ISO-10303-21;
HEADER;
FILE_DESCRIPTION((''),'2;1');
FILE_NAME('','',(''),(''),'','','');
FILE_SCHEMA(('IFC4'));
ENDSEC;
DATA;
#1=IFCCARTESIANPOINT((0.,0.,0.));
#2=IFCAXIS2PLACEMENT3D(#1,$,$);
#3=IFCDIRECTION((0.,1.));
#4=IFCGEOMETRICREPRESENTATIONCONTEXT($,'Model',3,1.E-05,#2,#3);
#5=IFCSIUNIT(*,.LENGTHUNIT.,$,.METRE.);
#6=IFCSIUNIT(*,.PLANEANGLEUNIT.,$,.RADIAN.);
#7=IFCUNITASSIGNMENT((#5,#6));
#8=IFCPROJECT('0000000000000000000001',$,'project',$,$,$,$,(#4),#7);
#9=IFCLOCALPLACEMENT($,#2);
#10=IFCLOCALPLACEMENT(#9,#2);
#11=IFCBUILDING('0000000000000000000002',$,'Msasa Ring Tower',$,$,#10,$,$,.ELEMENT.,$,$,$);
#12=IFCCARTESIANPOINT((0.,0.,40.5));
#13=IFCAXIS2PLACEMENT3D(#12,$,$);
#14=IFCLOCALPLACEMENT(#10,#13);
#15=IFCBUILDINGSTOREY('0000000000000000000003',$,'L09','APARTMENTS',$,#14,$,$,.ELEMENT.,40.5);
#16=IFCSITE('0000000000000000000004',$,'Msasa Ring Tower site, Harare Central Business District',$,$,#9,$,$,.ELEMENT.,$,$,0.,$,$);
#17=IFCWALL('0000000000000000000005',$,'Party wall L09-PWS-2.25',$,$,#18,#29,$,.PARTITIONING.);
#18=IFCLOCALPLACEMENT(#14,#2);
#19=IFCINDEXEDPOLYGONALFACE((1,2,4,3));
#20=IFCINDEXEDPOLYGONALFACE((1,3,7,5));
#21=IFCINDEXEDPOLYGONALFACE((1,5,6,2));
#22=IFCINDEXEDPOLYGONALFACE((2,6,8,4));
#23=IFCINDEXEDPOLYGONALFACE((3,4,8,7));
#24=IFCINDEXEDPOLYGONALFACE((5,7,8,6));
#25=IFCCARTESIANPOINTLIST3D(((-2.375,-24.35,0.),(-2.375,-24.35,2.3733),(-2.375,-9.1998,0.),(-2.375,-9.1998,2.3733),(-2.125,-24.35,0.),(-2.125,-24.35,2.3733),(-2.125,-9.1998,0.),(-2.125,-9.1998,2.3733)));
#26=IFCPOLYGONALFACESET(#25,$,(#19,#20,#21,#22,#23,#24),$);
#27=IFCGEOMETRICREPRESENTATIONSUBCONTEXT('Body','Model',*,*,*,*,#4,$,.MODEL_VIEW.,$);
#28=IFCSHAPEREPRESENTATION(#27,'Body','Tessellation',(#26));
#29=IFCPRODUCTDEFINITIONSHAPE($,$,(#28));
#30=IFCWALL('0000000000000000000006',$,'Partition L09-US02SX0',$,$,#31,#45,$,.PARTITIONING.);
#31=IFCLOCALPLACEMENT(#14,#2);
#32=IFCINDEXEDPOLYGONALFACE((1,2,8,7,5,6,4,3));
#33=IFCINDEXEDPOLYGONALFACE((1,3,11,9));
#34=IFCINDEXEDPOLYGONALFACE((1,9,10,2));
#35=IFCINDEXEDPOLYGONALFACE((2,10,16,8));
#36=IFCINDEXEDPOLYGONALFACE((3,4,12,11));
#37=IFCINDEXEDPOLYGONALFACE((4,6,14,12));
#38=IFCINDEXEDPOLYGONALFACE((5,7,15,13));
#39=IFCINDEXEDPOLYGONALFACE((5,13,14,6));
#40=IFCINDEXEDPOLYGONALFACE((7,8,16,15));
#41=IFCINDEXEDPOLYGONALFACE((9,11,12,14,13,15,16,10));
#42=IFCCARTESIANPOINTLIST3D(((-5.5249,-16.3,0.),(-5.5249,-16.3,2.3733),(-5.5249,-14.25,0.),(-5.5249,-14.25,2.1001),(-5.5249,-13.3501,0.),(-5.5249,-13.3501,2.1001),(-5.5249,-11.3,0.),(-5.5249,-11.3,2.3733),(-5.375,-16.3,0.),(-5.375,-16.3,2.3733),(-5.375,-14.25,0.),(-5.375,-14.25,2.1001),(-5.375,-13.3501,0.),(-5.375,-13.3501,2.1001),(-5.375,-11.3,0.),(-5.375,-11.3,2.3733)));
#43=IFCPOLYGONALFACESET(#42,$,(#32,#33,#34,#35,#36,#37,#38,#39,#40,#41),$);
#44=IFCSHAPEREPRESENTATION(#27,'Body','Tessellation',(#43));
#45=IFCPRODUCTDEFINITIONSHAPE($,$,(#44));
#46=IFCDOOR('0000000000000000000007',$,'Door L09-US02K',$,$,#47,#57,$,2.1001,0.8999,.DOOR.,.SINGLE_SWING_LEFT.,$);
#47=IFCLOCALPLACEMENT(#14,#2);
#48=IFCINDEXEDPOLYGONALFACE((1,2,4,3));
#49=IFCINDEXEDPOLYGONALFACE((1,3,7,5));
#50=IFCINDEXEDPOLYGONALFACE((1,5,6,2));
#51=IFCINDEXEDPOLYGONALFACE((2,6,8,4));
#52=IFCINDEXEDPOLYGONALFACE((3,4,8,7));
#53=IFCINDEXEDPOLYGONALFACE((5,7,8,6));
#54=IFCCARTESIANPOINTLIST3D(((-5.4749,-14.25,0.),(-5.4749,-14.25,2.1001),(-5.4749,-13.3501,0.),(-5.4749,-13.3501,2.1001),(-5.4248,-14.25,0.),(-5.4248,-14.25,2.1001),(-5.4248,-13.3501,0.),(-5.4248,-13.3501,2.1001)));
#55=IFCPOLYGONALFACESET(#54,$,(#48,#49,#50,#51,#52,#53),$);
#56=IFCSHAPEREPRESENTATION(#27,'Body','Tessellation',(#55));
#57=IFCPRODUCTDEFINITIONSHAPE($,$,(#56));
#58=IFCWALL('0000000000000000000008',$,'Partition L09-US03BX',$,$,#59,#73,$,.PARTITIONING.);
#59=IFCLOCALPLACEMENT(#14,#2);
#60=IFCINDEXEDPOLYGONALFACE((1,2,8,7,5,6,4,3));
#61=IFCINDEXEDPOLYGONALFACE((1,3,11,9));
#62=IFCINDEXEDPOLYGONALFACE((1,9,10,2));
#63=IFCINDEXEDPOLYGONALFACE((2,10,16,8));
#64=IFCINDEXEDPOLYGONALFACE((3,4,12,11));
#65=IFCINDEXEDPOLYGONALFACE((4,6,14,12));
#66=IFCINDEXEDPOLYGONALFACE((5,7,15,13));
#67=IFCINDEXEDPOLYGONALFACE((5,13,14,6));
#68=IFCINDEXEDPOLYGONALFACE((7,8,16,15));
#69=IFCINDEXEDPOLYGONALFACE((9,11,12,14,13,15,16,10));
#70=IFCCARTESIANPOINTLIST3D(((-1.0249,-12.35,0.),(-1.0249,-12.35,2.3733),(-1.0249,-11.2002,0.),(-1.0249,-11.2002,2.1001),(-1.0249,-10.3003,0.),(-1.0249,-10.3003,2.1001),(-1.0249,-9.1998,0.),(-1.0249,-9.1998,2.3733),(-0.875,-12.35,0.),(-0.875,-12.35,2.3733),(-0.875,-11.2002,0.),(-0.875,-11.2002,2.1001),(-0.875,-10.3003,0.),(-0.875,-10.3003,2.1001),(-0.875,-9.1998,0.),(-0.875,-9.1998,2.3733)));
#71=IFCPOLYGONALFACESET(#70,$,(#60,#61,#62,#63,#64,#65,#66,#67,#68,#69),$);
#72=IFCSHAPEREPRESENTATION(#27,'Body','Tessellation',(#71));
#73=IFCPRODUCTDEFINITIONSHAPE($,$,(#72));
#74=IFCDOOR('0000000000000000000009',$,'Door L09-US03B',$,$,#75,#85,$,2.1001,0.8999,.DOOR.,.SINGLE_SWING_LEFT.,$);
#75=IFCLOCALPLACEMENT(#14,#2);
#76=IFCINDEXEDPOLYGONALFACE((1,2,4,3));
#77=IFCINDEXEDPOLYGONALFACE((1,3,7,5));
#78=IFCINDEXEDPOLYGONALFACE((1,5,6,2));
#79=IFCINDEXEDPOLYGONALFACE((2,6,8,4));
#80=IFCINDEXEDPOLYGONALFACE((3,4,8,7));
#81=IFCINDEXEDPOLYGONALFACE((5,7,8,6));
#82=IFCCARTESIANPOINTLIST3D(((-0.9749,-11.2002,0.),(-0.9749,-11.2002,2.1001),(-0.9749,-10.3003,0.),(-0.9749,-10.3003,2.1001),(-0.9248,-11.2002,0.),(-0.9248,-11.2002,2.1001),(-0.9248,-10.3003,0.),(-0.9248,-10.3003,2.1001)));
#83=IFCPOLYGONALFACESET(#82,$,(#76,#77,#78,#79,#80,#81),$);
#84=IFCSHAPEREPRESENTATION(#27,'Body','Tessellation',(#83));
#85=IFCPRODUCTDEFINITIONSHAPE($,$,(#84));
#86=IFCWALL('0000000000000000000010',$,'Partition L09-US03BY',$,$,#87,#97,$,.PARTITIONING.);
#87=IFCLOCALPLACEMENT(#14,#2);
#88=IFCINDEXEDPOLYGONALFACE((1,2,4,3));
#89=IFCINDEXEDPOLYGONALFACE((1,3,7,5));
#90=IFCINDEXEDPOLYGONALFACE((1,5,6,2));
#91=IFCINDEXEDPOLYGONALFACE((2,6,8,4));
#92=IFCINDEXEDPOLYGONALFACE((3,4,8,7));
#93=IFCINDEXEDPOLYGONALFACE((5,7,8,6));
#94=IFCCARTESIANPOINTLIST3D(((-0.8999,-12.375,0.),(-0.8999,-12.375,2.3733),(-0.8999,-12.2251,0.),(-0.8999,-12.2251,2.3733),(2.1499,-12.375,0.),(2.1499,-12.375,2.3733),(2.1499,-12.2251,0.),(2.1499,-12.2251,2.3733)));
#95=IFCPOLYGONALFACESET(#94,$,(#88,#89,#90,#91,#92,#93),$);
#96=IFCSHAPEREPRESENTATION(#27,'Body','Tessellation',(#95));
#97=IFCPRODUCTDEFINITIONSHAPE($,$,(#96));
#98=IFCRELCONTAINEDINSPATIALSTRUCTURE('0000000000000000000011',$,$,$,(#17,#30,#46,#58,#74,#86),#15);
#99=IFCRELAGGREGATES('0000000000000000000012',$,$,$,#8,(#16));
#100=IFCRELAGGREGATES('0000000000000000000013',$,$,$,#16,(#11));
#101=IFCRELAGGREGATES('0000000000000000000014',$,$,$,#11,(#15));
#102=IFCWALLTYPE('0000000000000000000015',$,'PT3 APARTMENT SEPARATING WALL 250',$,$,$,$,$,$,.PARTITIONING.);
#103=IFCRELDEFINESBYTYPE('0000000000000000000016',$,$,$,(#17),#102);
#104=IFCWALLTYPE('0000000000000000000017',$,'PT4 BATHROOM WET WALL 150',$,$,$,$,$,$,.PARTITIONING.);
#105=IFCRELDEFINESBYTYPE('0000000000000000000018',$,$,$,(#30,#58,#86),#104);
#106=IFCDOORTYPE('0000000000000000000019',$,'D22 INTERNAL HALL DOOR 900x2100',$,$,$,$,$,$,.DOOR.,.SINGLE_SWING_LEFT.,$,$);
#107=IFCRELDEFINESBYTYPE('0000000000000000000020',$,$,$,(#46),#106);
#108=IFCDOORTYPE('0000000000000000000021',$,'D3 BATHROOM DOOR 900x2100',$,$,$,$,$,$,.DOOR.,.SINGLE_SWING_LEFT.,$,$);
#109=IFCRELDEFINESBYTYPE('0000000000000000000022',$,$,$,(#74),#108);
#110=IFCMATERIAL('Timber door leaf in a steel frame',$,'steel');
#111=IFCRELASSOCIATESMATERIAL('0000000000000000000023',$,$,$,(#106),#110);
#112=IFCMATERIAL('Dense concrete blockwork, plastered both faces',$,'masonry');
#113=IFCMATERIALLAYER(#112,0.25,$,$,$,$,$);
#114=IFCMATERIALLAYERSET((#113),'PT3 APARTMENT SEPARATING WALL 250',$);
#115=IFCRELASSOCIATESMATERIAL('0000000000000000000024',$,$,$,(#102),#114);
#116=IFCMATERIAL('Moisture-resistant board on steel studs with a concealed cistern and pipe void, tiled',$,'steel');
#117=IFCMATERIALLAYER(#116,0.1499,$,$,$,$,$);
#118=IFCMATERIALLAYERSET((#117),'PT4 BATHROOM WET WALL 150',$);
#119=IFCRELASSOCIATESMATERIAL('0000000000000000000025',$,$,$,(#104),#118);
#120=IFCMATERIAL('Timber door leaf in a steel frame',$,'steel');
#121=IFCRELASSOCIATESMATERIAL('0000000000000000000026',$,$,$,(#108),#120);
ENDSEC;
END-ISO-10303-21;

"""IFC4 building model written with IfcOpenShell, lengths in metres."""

from ifc_helpers import new_model, si_unit, direction, frame, frame_2d, origin, place, context, subcontext, project, spatial, rectangle, extrude, material, layer, layer_set, type_object, element, fill, save


model = new_model("IFC4")

# Units and contexts
model_context = context("Model", 3, precision=1e-05, world=origin(), true_north=direction((0.0, 1.0)))
body_context = subcontext(model_context, "Body", "Model", "MODEL_VIEW")
ifc_project = project(units=[si_unit("LENGTHUNIT", "METRE"), si_unit("PLANEANGLEUNIT", "RADIAN")], contexts=[model_context])

# Site, building, storey
site_placement = place(None, origin())
site = spatial("IfcSite", under=ifc_project, at=site_placement, Name="Msasa Ring Tower site, Harare Central Business District", CompositionType="ELEMENT", RefElevation=0.0)
building_placement = place(site_placement, origin())
building = spatial("IfcBuilding", under=site, at=building_placement, Name="Msasa Ring Tower", CompositionType="ELEMENT")
storey_placement = place(building_placement, frame((0.0, 0.0, 40.5)))
storey = spatial("IfcBuildingStorey", under=building, at=storey_placement, Name="L09", Description="APARTMENTS", CompositionType="ELEMENT", Elevation=40.5)

# Shared definitions
ifc_material_1 = material(Name="Timber door leaf in a steel frame", Category="steel")
door_type_1 = type_object("IfcDoorType", Name="D22 INTERNAL HALL DOOR 900x2100", OperationType="SINGLE_SWING_LEFT", PredefinedType="DOOR", material=ifc_material_1)

# Wall
ifc_material_2 = material(Name="Dense concrete blockwork, plastered both faces", Category="masonry")
ifc_layer_1 = layer(ifc_material_2, 0.25)
ifc_layer_set_1 = layer_set([ifc_layer_1], Name="PT3 APARTMENT SEPARATING WALL 250")
wall_type_1 = type_object("IfcWallType", Name="PT3 APARTMENT SEPARATING WALL 250", PredefinedType="PARTITIONING", material=ifc_layer_set_1)
wall_1_placement = place(storey_placement, frame((-2.25, -24.3501, 0.0), z_axis=(0.0, 0.0, 1.0), x_axis=(0.0, 1.0, 0.0)))
element("IfcWall", 1, at=wall_1_placement, inside=storey, type_object=wall_type_1, Name="Party wall L09-PWS-2.25", PredefinedType="PARTITIONING", context=body_context, shape_type="SweptSolid", body=[
    extrude(rectangle(XDim=15.1501, YDim=0.25, at=frame_2d((7.5752, 0.0))), origin(), (0.0, 0.0, 1.0), 2.3733),
])

# Walls, openings, doors
ifc_material_3 = material(Name="Moisture-resistant board on steel studs with a concealed cistern and pipe void, tiled", Category="steel")
ifc_layer_2 = layer(ifc_material_3, 0.1499)
ifc_layer_set_2 = layer_set([ifc_layer_2], Name="PT4 BATHROOM WET WALL 150")
wall_type_2 = type_object("IfcWallType", Name="PT4 BATHROOM WET WALL 150", PredefinedType="PARTITIONING", material=ifc_layer_set_2)
wall_2_placement = place(storey_placement, frame((-5.45, -16.3, 0.0), z_axis=(0.0, 0.0, 1.0), x_axis=(0.0, 1.0, 0.0)))
wall_2 = element("IfcWall", 2, at=wall_2_placement, inside=storey, type_object=wall_type_2, Name="Partition L09-US02SX0", PredefinedType="PARTITIONING", context=body_context, shape_type="SweptSolid", body=[
    extrude(rectangle(XDim=5.0, YDim=0.1499, at=frame_2d((2.5, 0.0))), origin(), (0.0, 0.0, 1.0), 2.3733),
])
opening_1_placement = place(wall_2_placement, frame((2.05, 0.0, 0.0)))
opening_1 = element("IfcOpeningElement", 3, at=opening_1_placement, cuts=wall_2, PredefinedType="OPENING", context=body_context, shape_type="SweptSolid", body=[
    extrude(rectangle(XDim=0.8999, YDim=2.1001, at=frame_2d((0.45, 1.05))), frame((0.0, 0.085, 0.0), z_axis=(0.0, -1.0, 0.0), x_axis=(1.0, 0.0, 0.0)), (0.0, 0.0, 1.0), 0.1699),
])
door_1_placement = place(opening_1_placement, origin())
door_1 = element("IfcDoor", 4, at=door_1_placement, inside=storey, type_object=door_type_1, Name="Door L09-US02K", OperationType="SINGLE_SWING_LEFT", OverallHeight=2.1001, OverallWidth=0.8999, PredefinedType="DOOR", context=body_context, shape_type="SweptSolid", body=[
    extrude(rectangle(XDim=0.8999, YDim=2.1001, at=frame_2d((0.45, 1.05))), frame((0.0, 0.0249, 0.0), z_axis=(0.0, -1.0, 0.0), x_axis=(1.0, 0.0, 0.0)), (0.0, 0.0, 1.0), 0.05),
])
fill(opening_1, door_1)
wall_3_placement = place(storey_placement, frame((-0.95, -12.3501, 0.0), z_axis=(0.0, 0.0, 1.0), x_axis=(0.0, 1.0, 0.0)))
wall_3 = element("IfcWall", 5, at=wall_3_placement, inside=storey, type_object=wall_type_2, Name="Partition L09-US03BX", PredefinedType="PARTITIONING", context=body_context, shape_type="SweptSolid", body=[
    extrude(rectangle(XDim=3.1501, YDim=0.1499, at=frame_2d((1.5752, 0.0))), origin(), (0.0, 0.0, 1.0), 2.3733),
])
opening_2_placement = place(wall_3_placement, frame((1.1499, 0.0, 0.0)))
opening_2 = element("IfcOpeningElement", 6, at=opening_2_placement, cuts=wall_3, PredefinedType="OPENING", context=body_context, shape_type="SweptSolid", body=[
    extrude(rectangle(XDim=0.8999, YDim=2.1001, at=frame_2d((0.45, 1.05))), frame((0.0, 0.085, 0.0), z_axis=(0.0, -1.0, 0.0), x_axis=(1.0, 0.0, 0.0)), (0.0, 0.0, 1.0), 0.1699),
])
ifc_material_4 = material(Name="Timber door leaf in a steel frame", Category="steel")
door_type_2 = type_object("IfcDoorType", Name="D3 BATHROOM DOOR 900x2100", OperationType="SINGLE_SWING_LEFT", PredefinedType="DOOR", material=ifc_material_4)
door_2_placement = place(opening_2_placement, origin())
door_2 = element("IfcDoor", 7, at=door_2_placement, inside=storey, type_object=door_type_2, Name="Door L09-US03B", OperationType="SINGLE_SWING_LEFT", OverallHeight=2.1001, OverallWidth=0.8999, PredefinedType="DOOR", context=body_context, shape_type="SweptSolid", body=[
    extrude(rectangle(XDim=0.8999, YDim=2.1001, at=frame_2d((0.45, 1.05))), frame((0.0, 0.0249, 0.0), z_axis=(0.0, -1.0, 0.0), x_axis=(1.0, 0.0, 0.0)), (0.0, 0.0, 1.0), 0.05),
])
fill(opening_2, door_2)

# Wall
wall_4_placement = place(storey_placement, frame((-0.8999, -12.3, 0.0), z_axis=(0.0, 0.0, 1.0), x_axis=(1.0, 0.0, 0.0)))
element("IfcWall", 8, at=wall_4_placement, inside=storey, type_object=wall_type_2, Name="Partition L09-US03BY", PredefinedType="PARTITIONING", context=body_context, shape_type="SweptSolid", body=[
    extrude(rectangle(XDim=3.0498, YDim=0.1499, at=frame_2d((1.5249, 0.0))), origin(), (0.0, 0.0, 1.0), 2.3733),
])

save(model, "model.ifc")
